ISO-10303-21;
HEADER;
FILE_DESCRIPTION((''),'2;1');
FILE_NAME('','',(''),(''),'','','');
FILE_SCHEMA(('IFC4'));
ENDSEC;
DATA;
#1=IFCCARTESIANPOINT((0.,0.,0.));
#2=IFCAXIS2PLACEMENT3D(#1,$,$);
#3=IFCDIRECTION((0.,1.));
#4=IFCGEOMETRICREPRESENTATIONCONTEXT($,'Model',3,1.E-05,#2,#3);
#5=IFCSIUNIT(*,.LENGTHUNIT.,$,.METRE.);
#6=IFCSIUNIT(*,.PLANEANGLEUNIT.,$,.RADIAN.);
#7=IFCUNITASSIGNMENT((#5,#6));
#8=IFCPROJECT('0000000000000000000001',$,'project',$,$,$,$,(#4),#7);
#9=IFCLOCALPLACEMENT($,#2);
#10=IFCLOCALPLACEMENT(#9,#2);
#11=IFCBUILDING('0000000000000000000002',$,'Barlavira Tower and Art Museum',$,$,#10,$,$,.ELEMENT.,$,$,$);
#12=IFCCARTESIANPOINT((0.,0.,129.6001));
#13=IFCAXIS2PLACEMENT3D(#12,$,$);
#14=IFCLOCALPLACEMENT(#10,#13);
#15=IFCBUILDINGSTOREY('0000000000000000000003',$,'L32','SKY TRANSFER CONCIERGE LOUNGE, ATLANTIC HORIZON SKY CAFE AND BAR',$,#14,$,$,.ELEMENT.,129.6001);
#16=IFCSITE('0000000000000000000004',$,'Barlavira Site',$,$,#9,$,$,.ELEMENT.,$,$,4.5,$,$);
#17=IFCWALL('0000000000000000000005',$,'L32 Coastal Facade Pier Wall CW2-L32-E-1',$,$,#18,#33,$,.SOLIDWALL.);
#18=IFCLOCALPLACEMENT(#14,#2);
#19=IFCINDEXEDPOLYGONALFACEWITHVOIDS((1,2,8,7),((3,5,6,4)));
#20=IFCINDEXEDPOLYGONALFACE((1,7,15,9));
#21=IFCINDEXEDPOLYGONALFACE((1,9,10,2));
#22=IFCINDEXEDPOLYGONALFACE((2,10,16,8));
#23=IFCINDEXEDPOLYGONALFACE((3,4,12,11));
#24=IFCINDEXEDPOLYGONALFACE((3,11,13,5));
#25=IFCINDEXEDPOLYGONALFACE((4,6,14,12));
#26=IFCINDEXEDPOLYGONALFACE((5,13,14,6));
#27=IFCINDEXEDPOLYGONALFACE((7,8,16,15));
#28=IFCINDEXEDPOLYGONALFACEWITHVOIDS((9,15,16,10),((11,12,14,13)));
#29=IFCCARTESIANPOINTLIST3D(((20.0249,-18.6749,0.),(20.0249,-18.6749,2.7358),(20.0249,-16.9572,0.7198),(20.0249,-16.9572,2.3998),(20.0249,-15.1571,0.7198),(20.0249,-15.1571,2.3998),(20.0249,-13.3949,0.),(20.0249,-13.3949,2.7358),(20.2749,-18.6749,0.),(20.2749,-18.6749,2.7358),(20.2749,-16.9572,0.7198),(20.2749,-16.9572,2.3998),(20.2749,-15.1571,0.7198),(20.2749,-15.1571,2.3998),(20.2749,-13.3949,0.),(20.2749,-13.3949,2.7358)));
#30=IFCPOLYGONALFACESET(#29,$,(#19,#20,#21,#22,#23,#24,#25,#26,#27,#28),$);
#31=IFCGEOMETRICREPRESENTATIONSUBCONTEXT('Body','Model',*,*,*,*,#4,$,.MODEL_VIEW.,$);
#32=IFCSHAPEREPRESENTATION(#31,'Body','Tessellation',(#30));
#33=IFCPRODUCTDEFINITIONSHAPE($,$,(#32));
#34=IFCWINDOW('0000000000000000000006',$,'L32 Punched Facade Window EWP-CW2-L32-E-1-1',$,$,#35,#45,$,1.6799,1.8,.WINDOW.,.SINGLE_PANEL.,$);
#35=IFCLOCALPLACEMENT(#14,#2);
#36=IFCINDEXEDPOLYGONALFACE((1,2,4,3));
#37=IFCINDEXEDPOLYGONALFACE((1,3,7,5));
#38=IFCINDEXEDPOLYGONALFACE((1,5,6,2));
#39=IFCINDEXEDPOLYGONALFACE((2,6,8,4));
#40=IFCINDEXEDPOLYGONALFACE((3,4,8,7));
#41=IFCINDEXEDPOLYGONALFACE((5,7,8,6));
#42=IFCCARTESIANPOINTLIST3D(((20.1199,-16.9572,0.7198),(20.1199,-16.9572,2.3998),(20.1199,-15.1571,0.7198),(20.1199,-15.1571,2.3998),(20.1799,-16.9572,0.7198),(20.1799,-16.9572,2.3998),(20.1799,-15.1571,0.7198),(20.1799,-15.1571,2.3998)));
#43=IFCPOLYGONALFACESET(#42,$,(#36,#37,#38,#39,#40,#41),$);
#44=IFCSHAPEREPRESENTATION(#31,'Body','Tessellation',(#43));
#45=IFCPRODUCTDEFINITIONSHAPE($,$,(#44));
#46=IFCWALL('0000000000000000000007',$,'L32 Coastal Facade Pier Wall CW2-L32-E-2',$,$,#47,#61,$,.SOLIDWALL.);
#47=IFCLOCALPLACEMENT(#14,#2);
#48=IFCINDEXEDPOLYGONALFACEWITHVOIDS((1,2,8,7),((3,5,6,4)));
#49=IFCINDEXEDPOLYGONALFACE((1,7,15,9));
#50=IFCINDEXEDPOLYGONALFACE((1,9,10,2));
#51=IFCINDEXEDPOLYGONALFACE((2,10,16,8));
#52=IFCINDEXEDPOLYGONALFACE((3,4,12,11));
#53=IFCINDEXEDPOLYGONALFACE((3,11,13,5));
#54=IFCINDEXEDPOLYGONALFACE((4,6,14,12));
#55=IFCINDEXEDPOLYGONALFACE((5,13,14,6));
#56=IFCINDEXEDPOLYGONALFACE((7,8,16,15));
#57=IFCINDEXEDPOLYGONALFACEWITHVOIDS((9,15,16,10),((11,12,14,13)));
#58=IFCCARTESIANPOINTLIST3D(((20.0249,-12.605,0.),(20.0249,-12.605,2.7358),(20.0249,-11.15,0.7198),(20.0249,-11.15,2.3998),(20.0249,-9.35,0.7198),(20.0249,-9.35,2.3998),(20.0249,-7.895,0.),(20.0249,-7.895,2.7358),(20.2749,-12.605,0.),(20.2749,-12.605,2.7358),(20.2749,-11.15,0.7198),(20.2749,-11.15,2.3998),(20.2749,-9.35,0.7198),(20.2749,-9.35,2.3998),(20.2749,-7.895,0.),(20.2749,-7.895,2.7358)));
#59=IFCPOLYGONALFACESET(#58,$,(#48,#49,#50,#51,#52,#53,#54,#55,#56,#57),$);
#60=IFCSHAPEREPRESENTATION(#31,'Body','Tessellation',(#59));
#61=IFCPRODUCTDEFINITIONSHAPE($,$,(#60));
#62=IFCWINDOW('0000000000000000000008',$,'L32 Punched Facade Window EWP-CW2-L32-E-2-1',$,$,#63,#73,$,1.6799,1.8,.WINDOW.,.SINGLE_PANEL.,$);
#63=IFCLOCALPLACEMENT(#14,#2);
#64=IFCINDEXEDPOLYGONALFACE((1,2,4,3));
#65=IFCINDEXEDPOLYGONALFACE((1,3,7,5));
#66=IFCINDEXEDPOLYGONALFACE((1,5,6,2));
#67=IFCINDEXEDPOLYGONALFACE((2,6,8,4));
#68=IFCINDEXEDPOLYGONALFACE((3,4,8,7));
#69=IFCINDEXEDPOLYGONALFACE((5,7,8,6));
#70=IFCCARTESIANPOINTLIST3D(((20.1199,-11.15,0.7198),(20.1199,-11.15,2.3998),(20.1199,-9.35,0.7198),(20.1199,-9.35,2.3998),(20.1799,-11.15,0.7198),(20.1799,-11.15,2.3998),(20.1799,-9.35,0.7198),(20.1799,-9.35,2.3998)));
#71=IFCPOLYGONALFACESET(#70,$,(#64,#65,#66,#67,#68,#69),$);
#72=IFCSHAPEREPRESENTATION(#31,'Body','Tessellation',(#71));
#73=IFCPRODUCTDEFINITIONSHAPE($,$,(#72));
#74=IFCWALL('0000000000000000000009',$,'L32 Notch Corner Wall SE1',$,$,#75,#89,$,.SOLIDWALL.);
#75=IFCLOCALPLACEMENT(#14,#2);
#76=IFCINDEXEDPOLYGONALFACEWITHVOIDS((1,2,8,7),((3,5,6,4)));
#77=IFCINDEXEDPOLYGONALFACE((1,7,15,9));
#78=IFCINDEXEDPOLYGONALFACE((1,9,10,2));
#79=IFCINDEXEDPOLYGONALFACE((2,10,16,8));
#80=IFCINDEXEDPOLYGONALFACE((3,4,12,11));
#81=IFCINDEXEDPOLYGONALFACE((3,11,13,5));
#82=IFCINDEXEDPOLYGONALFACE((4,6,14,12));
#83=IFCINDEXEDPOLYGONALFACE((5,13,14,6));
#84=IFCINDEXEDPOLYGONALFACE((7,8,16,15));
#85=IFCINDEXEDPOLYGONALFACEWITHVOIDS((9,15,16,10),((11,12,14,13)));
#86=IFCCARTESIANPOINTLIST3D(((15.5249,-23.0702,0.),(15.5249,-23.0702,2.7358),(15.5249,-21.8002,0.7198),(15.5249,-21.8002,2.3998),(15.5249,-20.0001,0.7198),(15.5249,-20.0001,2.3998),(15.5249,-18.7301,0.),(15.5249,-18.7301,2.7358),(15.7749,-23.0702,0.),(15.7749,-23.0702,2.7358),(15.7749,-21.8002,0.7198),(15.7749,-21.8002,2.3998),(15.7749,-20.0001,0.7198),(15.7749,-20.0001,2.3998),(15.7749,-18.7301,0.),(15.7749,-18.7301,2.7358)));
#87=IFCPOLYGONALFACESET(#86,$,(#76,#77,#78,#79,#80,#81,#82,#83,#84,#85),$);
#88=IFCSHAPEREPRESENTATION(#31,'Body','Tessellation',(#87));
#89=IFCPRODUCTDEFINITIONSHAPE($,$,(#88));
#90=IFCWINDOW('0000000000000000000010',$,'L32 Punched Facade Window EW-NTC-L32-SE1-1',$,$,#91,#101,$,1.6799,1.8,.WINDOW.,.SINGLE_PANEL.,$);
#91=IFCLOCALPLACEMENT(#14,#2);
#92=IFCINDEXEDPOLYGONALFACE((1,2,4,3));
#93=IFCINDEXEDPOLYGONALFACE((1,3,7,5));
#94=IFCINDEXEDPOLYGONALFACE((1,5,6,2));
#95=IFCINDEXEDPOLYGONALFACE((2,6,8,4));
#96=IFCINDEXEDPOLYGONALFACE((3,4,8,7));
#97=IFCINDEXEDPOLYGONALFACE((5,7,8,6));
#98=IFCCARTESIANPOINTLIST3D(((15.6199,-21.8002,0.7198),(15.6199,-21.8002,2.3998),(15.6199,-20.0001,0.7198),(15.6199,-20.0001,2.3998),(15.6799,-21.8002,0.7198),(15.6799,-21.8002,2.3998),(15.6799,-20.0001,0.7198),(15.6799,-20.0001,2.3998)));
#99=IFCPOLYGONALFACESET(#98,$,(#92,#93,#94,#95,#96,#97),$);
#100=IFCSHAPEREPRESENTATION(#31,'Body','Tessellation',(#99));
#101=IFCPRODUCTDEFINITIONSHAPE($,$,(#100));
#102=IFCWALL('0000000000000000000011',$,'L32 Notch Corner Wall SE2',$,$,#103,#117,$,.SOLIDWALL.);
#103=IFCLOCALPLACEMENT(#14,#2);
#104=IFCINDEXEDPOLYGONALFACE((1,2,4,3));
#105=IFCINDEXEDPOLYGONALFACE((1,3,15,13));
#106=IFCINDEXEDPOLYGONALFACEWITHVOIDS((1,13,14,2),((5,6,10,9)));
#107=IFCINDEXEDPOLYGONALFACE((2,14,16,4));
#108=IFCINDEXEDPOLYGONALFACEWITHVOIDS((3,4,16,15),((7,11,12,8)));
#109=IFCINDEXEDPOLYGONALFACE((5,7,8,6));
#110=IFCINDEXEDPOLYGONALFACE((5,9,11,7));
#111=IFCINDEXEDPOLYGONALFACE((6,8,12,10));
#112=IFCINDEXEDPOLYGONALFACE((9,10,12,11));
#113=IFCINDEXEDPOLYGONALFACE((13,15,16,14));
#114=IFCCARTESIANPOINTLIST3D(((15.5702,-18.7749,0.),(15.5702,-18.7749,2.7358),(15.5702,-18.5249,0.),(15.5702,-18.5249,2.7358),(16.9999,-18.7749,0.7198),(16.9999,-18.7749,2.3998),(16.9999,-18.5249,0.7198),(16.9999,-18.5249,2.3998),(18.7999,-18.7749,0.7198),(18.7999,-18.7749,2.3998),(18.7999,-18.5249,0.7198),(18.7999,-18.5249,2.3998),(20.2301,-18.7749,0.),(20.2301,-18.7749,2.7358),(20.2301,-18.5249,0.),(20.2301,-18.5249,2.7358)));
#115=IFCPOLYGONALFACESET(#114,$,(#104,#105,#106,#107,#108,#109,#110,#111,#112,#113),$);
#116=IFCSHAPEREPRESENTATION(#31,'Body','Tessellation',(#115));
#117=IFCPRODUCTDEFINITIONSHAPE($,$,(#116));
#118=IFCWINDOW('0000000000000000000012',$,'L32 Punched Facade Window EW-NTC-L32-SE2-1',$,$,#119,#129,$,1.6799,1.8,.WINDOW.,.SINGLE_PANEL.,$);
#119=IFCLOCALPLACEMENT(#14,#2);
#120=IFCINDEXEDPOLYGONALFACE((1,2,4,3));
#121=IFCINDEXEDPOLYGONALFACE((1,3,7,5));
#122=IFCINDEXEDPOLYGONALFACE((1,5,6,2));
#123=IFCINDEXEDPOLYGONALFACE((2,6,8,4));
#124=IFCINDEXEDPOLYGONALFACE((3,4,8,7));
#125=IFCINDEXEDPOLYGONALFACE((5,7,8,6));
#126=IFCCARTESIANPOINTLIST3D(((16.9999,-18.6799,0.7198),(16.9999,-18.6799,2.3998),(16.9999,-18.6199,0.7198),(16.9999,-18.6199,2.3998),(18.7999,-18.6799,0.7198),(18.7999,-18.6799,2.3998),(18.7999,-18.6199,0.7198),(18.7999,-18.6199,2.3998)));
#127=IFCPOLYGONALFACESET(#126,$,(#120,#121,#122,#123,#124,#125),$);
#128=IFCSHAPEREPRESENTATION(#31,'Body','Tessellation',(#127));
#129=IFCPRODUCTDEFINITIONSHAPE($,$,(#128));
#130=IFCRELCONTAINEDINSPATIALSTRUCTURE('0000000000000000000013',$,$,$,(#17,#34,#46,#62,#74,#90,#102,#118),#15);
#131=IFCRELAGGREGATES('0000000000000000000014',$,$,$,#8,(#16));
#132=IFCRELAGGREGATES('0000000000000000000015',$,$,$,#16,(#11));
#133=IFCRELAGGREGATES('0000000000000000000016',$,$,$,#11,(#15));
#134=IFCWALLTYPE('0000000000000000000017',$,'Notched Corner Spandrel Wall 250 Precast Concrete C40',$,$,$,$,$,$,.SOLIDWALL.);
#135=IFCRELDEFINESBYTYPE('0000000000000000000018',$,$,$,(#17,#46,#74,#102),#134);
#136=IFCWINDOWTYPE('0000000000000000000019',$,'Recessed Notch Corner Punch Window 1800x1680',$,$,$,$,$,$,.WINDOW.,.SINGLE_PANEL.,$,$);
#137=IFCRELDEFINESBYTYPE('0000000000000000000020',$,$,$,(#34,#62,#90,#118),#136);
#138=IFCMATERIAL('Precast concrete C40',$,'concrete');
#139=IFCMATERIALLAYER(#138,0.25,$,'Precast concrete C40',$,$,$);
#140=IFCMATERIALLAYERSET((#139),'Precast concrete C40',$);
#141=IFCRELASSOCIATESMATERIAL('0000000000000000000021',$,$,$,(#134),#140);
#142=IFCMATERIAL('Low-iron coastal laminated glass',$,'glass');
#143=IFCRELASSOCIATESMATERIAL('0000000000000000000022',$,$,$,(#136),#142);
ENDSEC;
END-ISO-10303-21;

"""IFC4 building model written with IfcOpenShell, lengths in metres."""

from ifc_helpers import new_model, si_unit, direction, frame, frame_2d, origin, place, context, subcontext, project, spatial, rectangle, extrude, material, layer, layer_set, type_object, element, fill, save


model = new_model("IFC4")

# Units and contexts
model_context = context("Model", 3, precision=1e-05, world=origin(), true_north=direction((0.0, 1.0)))
body_context = subcontext(model_context, "Body", "Model", "MODEL_VIEW")
ifc_project = project(units=[si_unit("LENGTHUNIT", "METRE"), si_unit("PLANEANGLEUNIT", "RADIAN")], contexts=[model_context])

# Site, building, storey
site_placement = place(None, origin())
site = spatial("IfcSite", under=ifc_project, at=site_placement, Name="Barlavira Site", CompositionType="ELEMENT", RefElevation=4.5)
building_placement = place(site_placement, origin())
building = spatial("IfcBuilding", under=site, at=building_placement, Name="Barlavira Tower and Art Museum", CompositionType="ELEMENT")
storey_placement = place(building_placement, frame((0.0, 0.0, 129.6001)))
storey = spatial("IfcBuildingStorey", under=building, at=storey_placement, Name="L32", Description="SKY TRANSFER CONCIERGE LOUNGE, ATLANTIC HORIZON SKY CAFE AND BAR", CompositionType="ELEMENT", Elevation=129.6001)

# Walls, openings, windows
ifc_material_1 = material(Name="Precast concrete C40", Category="concrete")
ifc_layer_1 = layer(ifc_material_1, 0.25, Name="Precast concrete C40")
ifc_layer_set_1 = layer_set([ifc_layer_1], Name="Precast concrete C40")
wall_type = type_object("IfcWallType", Name="Notched Corner Spandrel Wall 250 Precast Concrete C40", PredefinedType="SOLIDWALL", material=ifc_layer_set_1)
ifc_material_2 = material(Name="Low-iron coastal laminated glass", Category="glass")
window_type = type_object("IfcWindowType", Name="Recessed Notch Corner Punch Window 1800x1680", PartitioningType="SINGLE_PANEL", PredefinedType="WINDOW", material=ifc_material_2)
wall_1_placement = place(storey_placement, frame((20.1499, -18.675, 0.0), z_axis=(0.0, 0.0, 1.0), x_axis=(0.0, 1.0, 0.0)))
wall_1 = element("IfcWall", 1, at=wall_1_placement, inside=storey, type_object=wall_type, Name="L32 Coastal Facade Pier Wall CW2-L32-E-1", PredefinedType="SOLIDWALL", context=body_context, shape_type="SweptSolid", body=[
    extrude(rectangle(XDim=5.28, YDim=0.25, at=frame_2d((2.6401, 0.0))), origin(), (0.0, 0.0, 1.0), 2.7358),
])
opening_1_placement = place(wall_1_placement, frame((1.718, 0.0, 0.72)))
opening_1 = element("IfcOpeningElement", 2, at=opening_1_placement, cuts=wall_1, PredefinedType="OPENING", context=body_context, shape_type="SweptSolid", body=[
    extrude(rectangle(XDim=1.8, YDim=1.6799, at=frame_2d((0.8999, 0.8398))), frame((0.0, 0.135, 0.0), z_axis=(0.0, -1.0, 0.0), x_axis=(1.0, 0.0, 0.0)), (0.0, 0.0, 1.0), 0.27),
])
window_1_placement = place(opening_1_placement, origin())
window_1 = element("IfcWindow", 3, at=window_1_placement, inside=storey, type_object=window_type, Name="L32 Punched Facade Window EWP-CW2-L32-E-1-1", OverallHeight=1.6799, OverallWidth=1.8, PartitioningType="SINGLE_PANEL", PredefinedType="WINDOW", context=body_context, shape_type="SweptSolid", body=[
    extrude(rectangle(XDim=1.8, YDim=1.6799, at=frame_2d((0.8999, 0.8398))), frame((0.0, 0.03, 0.0), z_axis=(0.0, -1.0, 0.0), x_axis=(1.0, 0.0, 0.0)), (0.0, 0.0, 1.0), 0.0601),
])
fill(opening_1, window_1)
wall_2_placement = place(storey_placement, frame((20.1499, -12.605, 0.0), z_axis=(0.0, 0.0, 1.0), x_axis=(0.0, 1.0, 0.0)))
wall_2 = element("IfcWall", 4, at=wall_2_placement, inside=storey, type_object=wall_type, Name="L32 Coastal Facade Pier Wall CW2-L32-E-2", PredefinedType="SOLIDWALL", context=body_context, shape_type="SweptSolid", body=[
    extrude(rectangle(XDim=4.71, YDim=0.25, at=frame_2d((2.355, 0.0))), origin(), (0.0, 0.0, 1.0), 2.7358),
])
opening_2_placement = place(wall_2_placement, frame((1.4551, 0.0, 0.72)))
opening_2 = element("IfcOpeningElement", 5, at=opening_2_placement, cuts=wall_2, PredefinedType="OPENING", context=body_context, shape_type="SweptSolid", body=[
    extrude(rectangle(XDim=1.8, YDim=1.6799, at=frame_2d((0.8999, 0.8398))), frame((0.0, 0.135, 0.0), z_axis=(0.0, -1.0, 0.0), x_axis=(1.0, 0.0, 0.0)), (0.0, 0.0, 1.0), 0.27),
])
window_2_placement = place(opening_2_placement, origin())
window_2 = element("IfcWindow", 6, at=window_2_placement, inside=storey, type_object=window_type, Name="L32 Punched Facade Window EWP-CW2-L32-E-2-1", OverallHeight=1.6799, OverallWidth=1.8, PartitioningType="SINGLE_PANEL", PredefinedType="WINDOW", context=body_context, shape_type="SweptSolid", body=[
    extrude(rectangle(XDim=1.8, YDim=1.6799, at=frame_2d((0.8999, 0.8398))), frame((0.0, 0.03, 0.0), z_axis=(0.0, -1.0, 0.0), x_axis=(1.0, 0.0, 0.0)), (0.0, 0.0, 1.0), 0.0601),
])
fill(opening_2, window_2)
wall_3_placement = place(storey_placement, frame((15.6499, -23.0701, 0.0), z_axis=(0.0, 0.0, 1.0), x_axis=(0.0, 1.0, 0.0)))
wall_3 = element("IfcWall", 7, at=wall_3_placement, inside=storey, type_object=wall_type, Name="L32 Notch Corner Wall SE1", PredefinedType="SOLIDWALL", context=body_context, shape_type="SweptSolid", body=[
    extrude(rectangle(XDim=4.3401, YDim=0.25, at=frame_2d((2.1699, 0.0))), origin(), (0.0, 0.0, 1.0), 2.7358),
])
opening_3_placement = place(wall_3_placement, frame((1.27, 0.0, 0.72)))
opening_3 = element("IfcOpeningElement", 8, at=opening_3_placement, cuts=wall_3, PredefinedType="OPENING", context=body_context, shape_type="SweptSolid", body=[
    extrude(rectangle(XDim=1.8, YDim=1.6799, at=frame_2d((0.8999, 0.8398))), frame((0.0, 0.135, 0.0), z_axis=(0.0, -1.0, 0.0), x_axis=(1.0, 0.0, 0.0)), (0.0, 0.0, 1.0), 0.27),
])
window_3_placement = place(opening_3_placement, origin())
window_3 = element("IfcWindow", 9, at=window_3_placement, inside=storey, type_object=window_type, Name="L32 Punched Facade Window EW-NTC-L32-SE1-1", OverallHeight=1.6799, OverallWidth=1.8, PartitioningType="SINGLE_PANEL", PredefinedType="WINDOW", context=body_context, shape_type="SweptSolid", body=[
    extrude(rectangle(XDim=1.8, YDim=1.6799, at=frame_2d((0.8999, 0.8398))), frame((0.0, 0.03, 0.0), z_axis=(0.0, -1.0, 0.0), x_axis=(1.0, 0.0, 0.0)), (0.0, 0.0, 1.0), 0.0601),
])
fill(opening_3, window_3)
wall_4_placement = place(storey_placement, frame((15.5701, -18.6499, 0.0), z_axis=(0.0, 0.0, 1.0), x_axis=(1.0, 0.0, 0.0)))
wall_4 = element("IfcWall", 10, at=wall_4_placement, inside=storey, type_object=wall_type, Name="L32 Notch Corner Wall SE2", PredefinedType="SOLIDWALL", context=body_context, shape_type="SweptSolid", body=[
    extrude(rectangle(XDim=4.6599, YDim=0.25, at=frame_2d((2.3301, 0.0))), origin(), (0.0, 0.0, 1.0), 2.7358),
])
opening_4_placement = place(wall_4_placement, frame((1.4299, 0.0, 0.72)))
opening_4 = element("IfcOpeningElement", 11, at=opening_4_placement, cuts=wall_4, PredefinedType="OPENING", context=body_context, shape_type="SweptSolid", body=[
    extrude(rectangle(XDim=1.8, YDim=1.6799, at=frame_2d((0.8999, 0.8398))), frame((0.0, 0.135, 0.0), z_axis=(0.0, -1.0, 0.0), x_axis=(1.0, 0.0, 0.0)), (0.0, 0.0, 1.0), 0.27),
])
window_4_placement = place(opening_4_placement, origin())
window_4 = element("IfcWindow", 12, at=window_4_placement, inside=storey, type_object=window_type, Name="L32 Punched Facade Window EW-NTC-L32-SE2-1", OverallHeight=1.6799, OverallWidth=1.8, PartitioningType="SINGLE_PANEL", PredefinedType="WINDOW", context=body_context, shape_type="SweptSolid", body=[
    extrude(rectangle(XDim=1.8, YDim=1.6799, at=frame_2d((0.8999, 0.8398))), frame((0.0, 0.03, 0.0), z_axis=(0.0, -1.0, 0.0), x_axis=(1.0, 0.0, 0.0)), (0.0, 0.0, 1.0), 0.0601),
])
fill(opening_4, window_4)

save(model, "model.ifc")
